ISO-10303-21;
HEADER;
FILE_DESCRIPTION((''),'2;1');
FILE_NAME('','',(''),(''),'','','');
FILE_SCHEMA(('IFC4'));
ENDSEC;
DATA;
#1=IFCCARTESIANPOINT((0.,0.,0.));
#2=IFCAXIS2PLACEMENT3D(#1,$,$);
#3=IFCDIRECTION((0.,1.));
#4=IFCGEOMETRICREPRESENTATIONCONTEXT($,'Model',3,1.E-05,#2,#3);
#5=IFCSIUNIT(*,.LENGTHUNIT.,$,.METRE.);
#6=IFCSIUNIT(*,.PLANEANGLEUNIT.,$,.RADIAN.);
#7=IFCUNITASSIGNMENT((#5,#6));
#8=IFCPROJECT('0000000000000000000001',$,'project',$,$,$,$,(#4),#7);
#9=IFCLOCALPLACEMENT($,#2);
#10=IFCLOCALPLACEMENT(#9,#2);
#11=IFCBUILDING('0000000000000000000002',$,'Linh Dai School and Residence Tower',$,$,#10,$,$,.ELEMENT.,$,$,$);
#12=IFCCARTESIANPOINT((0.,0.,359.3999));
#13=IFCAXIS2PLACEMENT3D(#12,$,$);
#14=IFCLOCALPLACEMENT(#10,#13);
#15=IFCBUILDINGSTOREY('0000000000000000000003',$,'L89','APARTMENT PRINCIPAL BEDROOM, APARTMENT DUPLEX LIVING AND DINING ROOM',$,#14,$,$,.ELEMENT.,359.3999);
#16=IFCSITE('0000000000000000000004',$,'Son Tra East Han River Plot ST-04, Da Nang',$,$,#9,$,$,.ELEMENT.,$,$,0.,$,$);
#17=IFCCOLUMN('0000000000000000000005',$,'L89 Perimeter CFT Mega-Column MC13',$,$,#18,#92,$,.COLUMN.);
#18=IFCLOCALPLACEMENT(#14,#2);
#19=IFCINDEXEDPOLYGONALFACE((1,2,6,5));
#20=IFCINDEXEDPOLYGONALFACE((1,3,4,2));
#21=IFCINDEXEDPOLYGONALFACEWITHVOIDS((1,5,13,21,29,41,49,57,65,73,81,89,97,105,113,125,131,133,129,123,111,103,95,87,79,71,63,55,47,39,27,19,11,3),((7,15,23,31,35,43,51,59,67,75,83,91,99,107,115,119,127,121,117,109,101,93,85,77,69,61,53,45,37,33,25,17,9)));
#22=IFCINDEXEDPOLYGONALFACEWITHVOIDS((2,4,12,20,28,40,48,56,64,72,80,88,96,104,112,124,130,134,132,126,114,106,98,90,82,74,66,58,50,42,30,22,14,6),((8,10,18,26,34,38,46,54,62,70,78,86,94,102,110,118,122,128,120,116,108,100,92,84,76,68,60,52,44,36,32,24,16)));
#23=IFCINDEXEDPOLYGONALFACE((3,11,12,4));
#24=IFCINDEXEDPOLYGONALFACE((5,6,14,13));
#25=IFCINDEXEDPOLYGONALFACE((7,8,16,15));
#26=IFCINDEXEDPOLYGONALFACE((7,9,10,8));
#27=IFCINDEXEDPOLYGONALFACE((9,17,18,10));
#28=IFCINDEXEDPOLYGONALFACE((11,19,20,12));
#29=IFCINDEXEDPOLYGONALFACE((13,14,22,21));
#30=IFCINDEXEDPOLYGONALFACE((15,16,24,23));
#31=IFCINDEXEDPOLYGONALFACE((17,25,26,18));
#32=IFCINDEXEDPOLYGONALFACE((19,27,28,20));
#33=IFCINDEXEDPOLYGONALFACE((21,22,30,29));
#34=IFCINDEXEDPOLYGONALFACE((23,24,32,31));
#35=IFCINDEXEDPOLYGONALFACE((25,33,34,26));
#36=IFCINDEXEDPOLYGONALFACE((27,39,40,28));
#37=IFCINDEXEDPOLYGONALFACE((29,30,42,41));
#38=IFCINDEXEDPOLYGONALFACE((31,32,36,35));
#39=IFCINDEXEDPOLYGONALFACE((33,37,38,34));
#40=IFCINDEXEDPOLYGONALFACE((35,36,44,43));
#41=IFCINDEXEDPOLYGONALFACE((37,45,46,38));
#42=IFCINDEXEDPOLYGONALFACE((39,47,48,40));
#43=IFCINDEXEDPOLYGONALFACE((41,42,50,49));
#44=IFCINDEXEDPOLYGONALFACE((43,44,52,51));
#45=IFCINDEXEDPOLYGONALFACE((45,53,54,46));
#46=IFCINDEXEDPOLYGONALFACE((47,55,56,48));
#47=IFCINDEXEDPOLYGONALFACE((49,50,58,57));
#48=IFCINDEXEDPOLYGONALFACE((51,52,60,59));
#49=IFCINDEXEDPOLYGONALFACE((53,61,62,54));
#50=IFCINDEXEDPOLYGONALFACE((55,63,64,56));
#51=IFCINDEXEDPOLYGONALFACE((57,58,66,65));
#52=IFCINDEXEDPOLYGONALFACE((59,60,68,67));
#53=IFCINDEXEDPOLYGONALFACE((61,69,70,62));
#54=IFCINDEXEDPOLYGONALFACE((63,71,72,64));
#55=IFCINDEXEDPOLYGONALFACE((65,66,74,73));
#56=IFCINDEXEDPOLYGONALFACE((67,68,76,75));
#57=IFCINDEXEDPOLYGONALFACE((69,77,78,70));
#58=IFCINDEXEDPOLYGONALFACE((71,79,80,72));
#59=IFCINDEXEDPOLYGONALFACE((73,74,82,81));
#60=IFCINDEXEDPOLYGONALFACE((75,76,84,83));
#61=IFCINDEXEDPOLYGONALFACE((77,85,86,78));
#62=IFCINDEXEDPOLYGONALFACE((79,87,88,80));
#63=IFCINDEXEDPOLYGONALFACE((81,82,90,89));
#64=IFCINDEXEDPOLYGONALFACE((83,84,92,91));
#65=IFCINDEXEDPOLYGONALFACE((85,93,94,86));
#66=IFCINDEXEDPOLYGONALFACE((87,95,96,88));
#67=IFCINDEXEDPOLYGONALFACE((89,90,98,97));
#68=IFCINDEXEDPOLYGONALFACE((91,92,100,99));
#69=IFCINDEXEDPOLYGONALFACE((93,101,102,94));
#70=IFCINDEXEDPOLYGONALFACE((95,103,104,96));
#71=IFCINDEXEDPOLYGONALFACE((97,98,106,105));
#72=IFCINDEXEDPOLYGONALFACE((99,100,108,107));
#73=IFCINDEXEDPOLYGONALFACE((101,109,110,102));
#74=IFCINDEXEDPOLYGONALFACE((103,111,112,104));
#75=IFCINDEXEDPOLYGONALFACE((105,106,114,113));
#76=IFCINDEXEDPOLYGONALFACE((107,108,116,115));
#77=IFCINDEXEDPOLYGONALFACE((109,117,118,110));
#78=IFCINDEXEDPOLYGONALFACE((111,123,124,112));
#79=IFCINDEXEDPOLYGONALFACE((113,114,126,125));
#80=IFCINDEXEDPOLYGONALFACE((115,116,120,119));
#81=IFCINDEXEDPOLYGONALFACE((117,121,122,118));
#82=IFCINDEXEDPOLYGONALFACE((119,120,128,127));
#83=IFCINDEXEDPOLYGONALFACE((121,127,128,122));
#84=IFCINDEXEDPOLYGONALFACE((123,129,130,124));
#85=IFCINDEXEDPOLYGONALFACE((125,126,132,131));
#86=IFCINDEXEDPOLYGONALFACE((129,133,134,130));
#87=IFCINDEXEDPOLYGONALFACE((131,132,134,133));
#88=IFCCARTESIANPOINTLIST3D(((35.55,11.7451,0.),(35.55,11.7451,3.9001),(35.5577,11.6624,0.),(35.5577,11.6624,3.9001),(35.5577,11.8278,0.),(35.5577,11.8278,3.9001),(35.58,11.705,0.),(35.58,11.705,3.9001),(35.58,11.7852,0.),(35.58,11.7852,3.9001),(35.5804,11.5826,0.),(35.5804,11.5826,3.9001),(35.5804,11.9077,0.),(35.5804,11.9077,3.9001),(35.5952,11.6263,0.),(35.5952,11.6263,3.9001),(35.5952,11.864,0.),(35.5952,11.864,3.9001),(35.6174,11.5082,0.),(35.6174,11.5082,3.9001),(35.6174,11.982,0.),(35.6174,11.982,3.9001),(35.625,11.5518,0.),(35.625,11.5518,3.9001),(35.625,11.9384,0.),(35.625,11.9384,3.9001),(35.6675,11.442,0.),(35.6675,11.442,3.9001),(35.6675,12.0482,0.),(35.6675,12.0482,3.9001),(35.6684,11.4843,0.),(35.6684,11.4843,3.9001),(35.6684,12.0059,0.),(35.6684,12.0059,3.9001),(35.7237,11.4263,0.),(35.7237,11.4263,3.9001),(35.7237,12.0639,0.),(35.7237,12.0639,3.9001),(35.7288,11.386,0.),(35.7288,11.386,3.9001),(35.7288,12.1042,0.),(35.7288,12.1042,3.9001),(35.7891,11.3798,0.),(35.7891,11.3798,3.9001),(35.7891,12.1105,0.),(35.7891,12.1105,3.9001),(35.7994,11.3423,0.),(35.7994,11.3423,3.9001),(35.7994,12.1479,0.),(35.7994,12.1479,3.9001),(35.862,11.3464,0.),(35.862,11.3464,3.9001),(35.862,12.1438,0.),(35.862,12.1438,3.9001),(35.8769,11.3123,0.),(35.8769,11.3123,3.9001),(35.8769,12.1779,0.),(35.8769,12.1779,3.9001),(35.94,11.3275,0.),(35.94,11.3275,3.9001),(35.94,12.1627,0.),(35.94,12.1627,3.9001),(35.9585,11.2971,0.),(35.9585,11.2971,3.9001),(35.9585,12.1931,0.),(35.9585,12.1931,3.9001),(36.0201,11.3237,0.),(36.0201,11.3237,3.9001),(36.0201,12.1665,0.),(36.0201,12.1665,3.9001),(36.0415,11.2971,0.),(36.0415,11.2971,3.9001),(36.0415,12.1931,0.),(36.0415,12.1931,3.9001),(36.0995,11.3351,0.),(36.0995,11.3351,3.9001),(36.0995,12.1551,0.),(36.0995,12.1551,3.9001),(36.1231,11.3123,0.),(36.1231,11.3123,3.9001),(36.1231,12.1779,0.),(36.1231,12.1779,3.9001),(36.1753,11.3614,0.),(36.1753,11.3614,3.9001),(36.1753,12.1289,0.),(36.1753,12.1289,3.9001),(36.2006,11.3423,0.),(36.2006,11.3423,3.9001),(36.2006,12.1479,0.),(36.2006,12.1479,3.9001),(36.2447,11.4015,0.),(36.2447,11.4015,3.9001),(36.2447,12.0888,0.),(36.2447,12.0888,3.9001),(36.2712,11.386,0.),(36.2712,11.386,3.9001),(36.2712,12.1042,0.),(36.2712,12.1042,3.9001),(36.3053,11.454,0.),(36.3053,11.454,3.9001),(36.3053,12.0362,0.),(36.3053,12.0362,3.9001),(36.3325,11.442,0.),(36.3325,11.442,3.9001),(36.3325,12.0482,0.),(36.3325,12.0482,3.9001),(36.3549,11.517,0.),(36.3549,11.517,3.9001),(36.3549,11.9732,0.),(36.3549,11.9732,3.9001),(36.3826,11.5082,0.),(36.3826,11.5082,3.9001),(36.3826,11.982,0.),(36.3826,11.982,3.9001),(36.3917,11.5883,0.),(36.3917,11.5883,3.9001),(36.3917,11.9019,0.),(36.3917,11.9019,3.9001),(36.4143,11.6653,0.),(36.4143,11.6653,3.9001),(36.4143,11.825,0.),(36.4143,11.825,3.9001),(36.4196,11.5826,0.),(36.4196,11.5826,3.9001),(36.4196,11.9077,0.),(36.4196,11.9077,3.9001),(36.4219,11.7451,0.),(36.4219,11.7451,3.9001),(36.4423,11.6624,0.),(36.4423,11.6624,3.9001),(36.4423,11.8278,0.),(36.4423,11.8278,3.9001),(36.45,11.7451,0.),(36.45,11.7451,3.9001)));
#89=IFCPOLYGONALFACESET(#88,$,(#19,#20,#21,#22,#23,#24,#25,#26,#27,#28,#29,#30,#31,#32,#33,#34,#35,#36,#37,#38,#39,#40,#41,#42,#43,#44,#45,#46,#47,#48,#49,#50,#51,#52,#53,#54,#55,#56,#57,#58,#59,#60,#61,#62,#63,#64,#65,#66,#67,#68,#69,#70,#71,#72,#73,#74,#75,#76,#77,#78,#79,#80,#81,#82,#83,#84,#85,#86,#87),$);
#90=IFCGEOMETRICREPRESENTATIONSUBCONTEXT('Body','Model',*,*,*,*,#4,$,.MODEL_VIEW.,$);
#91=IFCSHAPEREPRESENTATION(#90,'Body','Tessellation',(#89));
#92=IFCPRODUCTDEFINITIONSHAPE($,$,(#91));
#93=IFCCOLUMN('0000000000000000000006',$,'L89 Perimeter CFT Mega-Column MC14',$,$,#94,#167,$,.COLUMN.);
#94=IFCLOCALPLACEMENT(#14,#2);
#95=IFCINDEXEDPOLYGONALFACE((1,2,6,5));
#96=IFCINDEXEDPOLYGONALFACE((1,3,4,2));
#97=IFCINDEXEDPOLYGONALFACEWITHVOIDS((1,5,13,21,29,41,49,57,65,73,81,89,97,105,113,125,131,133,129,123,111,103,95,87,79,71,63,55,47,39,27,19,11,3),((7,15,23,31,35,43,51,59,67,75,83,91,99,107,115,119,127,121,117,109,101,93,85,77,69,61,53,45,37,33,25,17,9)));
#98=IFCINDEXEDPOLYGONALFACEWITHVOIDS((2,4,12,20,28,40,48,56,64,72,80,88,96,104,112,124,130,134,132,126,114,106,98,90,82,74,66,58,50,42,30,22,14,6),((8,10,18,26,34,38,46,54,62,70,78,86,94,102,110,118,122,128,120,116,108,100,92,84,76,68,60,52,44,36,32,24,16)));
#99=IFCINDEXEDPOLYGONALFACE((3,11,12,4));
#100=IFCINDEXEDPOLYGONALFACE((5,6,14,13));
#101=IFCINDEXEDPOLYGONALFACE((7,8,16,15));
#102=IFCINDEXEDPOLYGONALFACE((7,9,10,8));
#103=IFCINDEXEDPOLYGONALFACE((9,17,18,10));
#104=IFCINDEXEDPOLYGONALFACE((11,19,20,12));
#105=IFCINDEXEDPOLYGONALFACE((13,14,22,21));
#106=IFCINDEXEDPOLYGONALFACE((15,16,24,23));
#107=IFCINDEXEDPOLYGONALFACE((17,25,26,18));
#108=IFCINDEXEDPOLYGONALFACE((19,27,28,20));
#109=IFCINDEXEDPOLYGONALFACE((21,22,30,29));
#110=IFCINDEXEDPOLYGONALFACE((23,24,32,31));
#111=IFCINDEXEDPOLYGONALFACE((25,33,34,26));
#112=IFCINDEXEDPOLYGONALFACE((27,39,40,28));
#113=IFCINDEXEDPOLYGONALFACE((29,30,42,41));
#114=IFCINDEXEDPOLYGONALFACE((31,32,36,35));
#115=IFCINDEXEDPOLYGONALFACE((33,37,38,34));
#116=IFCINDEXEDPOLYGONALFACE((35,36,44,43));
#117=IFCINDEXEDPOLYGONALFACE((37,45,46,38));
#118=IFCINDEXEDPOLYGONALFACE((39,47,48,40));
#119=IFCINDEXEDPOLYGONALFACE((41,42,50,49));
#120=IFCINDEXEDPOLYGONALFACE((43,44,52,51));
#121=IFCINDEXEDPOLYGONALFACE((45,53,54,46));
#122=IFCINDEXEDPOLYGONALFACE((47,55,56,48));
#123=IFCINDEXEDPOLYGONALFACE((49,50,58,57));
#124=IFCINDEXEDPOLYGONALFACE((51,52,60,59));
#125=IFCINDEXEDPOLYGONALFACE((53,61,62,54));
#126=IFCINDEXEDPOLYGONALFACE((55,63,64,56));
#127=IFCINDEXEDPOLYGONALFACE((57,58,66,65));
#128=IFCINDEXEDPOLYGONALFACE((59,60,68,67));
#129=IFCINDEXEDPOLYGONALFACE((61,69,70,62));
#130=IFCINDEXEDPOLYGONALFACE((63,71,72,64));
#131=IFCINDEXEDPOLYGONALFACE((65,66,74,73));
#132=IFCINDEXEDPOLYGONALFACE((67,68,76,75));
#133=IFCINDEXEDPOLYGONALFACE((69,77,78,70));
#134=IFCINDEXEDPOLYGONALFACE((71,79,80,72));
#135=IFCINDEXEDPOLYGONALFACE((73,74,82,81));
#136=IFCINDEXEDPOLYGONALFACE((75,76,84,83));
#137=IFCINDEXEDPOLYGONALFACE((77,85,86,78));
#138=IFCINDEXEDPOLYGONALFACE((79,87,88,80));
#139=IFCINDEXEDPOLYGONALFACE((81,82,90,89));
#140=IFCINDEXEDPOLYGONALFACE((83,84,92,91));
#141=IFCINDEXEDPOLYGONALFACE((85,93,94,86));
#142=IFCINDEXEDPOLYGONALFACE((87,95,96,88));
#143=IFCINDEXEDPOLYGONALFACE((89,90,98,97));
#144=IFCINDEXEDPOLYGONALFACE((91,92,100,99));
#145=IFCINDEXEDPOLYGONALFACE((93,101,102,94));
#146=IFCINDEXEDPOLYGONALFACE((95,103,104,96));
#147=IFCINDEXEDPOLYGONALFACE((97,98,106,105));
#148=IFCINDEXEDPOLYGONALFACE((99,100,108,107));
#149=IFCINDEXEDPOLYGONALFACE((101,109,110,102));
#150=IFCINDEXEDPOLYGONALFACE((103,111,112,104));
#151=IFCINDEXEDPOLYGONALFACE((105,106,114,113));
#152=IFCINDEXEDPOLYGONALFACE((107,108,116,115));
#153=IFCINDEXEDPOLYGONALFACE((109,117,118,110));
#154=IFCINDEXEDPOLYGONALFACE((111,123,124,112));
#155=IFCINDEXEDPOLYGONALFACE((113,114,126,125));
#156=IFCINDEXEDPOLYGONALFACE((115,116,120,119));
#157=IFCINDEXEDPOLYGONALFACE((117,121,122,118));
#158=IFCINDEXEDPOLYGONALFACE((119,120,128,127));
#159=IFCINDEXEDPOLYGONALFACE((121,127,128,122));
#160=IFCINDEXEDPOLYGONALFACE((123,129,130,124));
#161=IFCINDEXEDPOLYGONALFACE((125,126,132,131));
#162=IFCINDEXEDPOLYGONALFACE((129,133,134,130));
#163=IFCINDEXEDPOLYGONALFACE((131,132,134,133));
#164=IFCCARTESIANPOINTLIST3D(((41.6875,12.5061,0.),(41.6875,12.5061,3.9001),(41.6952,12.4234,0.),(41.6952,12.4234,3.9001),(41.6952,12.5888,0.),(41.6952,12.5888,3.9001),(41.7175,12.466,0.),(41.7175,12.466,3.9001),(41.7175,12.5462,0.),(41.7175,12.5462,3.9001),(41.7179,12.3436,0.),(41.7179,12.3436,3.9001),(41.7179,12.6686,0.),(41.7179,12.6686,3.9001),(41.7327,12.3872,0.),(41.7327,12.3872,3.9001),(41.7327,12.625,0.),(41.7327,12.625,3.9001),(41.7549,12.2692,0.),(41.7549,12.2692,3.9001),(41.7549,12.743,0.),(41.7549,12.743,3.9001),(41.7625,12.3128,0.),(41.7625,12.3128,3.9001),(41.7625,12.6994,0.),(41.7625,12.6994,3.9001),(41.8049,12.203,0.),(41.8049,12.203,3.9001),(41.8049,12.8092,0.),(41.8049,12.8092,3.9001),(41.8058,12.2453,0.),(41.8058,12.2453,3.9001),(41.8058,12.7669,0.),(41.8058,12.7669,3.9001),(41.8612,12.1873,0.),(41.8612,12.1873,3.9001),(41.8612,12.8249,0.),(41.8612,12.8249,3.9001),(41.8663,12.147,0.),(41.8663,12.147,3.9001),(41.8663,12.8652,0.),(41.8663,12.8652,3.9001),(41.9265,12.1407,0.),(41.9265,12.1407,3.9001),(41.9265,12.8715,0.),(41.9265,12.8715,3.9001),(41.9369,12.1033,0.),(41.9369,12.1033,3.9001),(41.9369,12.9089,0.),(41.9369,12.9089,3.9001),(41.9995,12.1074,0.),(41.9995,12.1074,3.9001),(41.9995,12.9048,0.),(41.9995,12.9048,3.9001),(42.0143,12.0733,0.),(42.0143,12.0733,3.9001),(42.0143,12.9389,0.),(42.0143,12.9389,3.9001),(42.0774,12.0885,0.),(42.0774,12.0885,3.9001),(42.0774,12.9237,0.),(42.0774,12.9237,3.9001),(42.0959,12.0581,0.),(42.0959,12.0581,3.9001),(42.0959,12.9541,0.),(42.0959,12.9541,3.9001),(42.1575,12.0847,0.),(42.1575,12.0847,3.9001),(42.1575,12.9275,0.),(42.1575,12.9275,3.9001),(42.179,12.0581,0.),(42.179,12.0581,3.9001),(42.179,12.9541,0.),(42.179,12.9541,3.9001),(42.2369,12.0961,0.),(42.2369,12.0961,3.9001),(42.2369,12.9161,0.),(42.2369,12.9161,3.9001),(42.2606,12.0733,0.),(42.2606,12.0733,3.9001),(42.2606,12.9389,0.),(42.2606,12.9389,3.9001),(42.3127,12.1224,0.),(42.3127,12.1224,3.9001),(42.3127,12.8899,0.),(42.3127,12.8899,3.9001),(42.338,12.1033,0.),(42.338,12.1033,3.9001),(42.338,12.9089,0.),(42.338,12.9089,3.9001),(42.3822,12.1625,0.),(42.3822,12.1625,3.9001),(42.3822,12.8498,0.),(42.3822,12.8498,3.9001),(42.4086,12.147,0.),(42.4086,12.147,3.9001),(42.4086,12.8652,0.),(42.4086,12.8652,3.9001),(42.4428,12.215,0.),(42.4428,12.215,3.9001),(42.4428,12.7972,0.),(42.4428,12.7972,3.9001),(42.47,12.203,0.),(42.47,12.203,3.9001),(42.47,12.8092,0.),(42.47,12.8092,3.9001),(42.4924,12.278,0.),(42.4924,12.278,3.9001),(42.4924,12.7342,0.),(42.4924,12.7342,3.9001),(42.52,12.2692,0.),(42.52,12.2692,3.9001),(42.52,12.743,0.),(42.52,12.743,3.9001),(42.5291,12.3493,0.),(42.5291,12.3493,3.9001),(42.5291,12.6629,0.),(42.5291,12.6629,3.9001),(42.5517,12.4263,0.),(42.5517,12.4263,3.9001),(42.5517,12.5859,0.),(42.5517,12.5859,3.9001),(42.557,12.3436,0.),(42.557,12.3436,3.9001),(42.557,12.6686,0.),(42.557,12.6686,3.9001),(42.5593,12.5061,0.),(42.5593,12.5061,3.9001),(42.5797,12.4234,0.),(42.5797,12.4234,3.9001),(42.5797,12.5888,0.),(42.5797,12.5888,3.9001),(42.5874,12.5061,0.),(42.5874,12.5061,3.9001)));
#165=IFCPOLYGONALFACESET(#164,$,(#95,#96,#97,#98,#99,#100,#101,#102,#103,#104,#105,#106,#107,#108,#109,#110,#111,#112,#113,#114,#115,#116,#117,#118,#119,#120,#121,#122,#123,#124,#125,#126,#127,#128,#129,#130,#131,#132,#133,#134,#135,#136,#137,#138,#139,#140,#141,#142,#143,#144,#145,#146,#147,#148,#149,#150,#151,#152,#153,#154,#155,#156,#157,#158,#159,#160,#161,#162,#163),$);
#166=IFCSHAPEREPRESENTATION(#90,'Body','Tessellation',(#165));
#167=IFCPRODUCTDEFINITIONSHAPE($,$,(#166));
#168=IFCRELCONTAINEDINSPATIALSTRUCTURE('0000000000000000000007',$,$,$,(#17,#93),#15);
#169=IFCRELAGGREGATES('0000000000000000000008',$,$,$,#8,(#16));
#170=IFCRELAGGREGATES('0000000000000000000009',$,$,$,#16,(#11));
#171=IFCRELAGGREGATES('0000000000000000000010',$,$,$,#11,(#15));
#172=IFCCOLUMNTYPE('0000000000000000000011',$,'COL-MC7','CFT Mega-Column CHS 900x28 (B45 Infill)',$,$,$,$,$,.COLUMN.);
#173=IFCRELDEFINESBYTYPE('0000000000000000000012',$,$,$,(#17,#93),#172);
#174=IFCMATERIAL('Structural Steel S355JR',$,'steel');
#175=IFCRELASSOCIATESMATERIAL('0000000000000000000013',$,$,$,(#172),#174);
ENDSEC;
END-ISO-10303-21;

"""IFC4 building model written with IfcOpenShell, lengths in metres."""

from ifc_helpers import new_model, si_unit, direction, frame, origin, origin_2d, place, context, subcontext, project, spatial, hollow_circle, extrude, material, material_profile, profile_set, type_object, element, save


model = new_model("IFC4")

# Units and contexts
model_context = context("Model", 3, precision=1e-05, world=origin(), true_north=direction((0.0, 1.0)))
body_context = subcontext(model_context, "Body", "Model", "MODEL_VIEW")
ifc_project = project(units=[si_unit("LENGTHUNIT", "METRE"), si_unit("PLANEANGLEUNIT", "RADIAN")], contexts=[model_context])

# Site, building, storey
site_placement = place(None, origin())
site = spatial("IfcSite", under=ifc_project, at=site_placement, Name="Son Tra East Han River Plot ST-04, Da Nang", CompositionType="ELEMENT", RefElevation=0.0)
building_placement = place(site_placement, origin())
building = spatial("IfcBuilding", under=site, at=building_placement, Name="Linh Dai School and Residence Tower", CompositionType="ELEMENT")
storey_placement = place(building_placement, frame((0.0, 0.0, 359.3999)))
storey = spatial("IfcBuildingStorey", under=building, at=storey_placement, Name="L89", Description="APARTMENT PRINCIPAL BEDROOM, APARTMENT DUPLEX LIVING AND DINING ROOM", CompositionType="ELEMENT", Elevation=359.3999)

# Columns
ifc_material_1 = material(Name="Structural Steel S355JR", Category="steel")
ifc_material_profile_1 = material_profile(ifc_material_1, hollow_circle(Radius=0.45, WallThickness=0.0281, at=origin_2d()), Name="CHS 900x28")
ifc_profile_set_1 = profile_set([ifc_material_profile_1], Name="Structural Steel S355JR")
column_type = type_object("IfcColumnType", Name="COL-MC7", Description="CFT Mega-Column CHS 900x28 (B45 Infill)", PredefinedType="COLUMN", material=ifc_profile_set_1)
for number, where, z_axis, x_axis, name in (
    (1, (36.0, 11.7451, 0.0), (0.0, 0.0, 1.0), (1.0, 0.0, 0.0), "L89 Perimeter CFT Mega-Column MC13"),
    (2, (42.1375, 12.5061, 0.0), (0.0, 0.0, 1.0), (1.0, 0.0, 0.0), "L89 Perimeter CFT Mega-Column MC14"),
):
    element("IfcColumn", number, at=place(storey_placement, frame(where, z_axis=z_axis, x_axis=x_axis)), inside=storey, type_object=column_type, Name=name, PredefinedType="COLUMN", context=body_context, shape_type="SweptSolid", body=[
        extrude(hollow_circle(Radius=0.45, WallThickness=0.0281, at=origin_2d()), origin(), (0.0, 0.0, 1.0), 3.9001),
    ])

save(model, "model.ifc")
